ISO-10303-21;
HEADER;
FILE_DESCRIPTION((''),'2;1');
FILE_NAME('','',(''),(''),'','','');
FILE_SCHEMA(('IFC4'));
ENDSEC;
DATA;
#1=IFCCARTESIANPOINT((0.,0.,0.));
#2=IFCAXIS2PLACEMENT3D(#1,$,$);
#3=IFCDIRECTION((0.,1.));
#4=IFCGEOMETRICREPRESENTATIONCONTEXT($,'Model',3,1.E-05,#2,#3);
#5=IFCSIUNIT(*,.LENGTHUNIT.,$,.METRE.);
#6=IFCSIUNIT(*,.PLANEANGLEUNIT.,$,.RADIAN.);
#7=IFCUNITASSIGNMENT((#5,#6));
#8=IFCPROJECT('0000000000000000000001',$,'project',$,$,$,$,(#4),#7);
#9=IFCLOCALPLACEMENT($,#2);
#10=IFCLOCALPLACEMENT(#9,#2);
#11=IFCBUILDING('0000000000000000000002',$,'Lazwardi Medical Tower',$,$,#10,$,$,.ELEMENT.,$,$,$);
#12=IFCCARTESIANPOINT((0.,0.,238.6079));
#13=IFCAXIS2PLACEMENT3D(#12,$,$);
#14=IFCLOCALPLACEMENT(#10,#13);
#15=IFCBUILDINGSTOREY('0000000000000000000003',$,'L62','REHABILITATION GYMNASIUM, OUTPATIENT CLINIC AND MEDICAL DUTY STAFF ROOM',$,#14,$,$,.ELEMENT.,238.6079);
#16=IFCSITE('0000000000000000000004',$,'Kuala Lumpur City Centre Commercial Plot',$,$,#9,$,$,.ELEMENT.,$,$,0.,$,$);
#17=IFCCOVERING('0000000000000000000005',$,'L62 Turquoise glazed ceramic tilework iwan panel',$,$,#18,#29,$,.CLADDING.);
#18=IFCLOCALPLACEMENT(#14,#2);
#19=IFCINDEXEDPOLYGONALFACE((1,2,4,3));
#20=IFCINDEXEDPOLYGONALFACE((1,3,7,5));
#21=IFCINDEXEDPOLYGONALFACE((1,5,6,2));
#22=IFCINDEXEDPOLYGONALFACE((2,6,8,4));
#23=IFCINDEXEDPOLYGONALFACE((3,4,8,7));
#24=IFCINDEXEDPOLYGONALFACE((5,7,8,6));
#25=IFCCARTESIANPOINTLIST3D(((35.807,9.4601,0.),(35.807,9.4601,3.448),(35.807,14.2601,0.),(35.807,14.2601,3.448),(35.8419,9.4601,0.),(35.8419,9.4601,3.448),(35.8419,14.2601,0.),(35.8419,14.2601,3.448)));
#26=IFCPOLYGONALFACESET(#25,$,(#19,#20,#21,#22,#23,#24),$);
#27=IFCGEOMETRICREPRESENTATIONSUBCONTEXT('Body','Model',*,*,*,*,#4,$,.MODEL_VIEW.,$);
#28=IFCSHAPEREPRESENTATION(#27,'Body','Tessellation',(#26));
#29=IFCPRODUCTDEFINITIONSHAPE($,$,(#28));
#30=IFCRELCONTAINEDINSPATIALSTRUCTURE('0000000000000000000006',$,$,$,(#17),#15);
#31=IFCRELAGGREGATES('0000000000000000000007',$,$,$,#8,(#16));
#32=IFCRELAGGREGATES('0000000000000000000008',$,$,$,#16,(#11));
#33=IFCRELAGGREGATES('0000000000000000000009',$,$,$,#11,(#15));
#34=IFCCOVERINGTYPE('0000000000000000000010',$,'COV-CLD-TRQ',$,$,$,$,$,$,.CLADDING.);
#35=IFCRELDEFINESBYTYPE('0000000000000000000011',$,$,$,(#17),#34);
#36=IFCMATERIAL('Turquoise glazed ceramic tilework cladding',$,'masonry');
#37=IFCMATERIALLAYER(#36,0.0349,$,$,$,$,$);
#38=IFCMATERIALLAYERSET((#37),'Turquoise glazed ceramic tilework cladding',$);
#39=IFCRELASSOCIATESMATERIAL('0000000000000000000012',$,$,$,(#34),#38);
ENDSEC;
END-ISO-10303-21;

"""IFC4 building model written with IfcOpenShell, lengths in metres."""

from ifc_helpers import new_model, si_unit, direction, frame, origin, origin_2d, place, context, subcontext, project, spatial, rectangle, extrude, material, layer, layer_set, type_object, element, save


model = new_model("IFC4")

# Units and contexts
model_context = context("Model", 3, precision=1e-05, world=origin(), true_north=direction((0.0, 1.0)))
body_context = subcontext(model_context, "Body", "Model", "MODEL_VIEW")
ifc_project = project(units=[si_unit("LENGTHUNIT", "METRE"), si_unit("PLANEANGLEUNIT", "RADIAN")], contexts=[model_context])

# Site, building, storey
site_placement = place(None, origin())
site = spatial("IfcSite", under=ifc_project, at=site_placement, Name="Kuala Lumpur City Centre Commercial Plot", CompositionType="ELEMENT", RefElevation=0.0)
building_placement = place(site_placement, origin())
building = spatial("IfcBuilding", under=site, at=building_placement, Name="Lazwardi Medical Tower", CompositionType="ELEMENT")
storey_placement = place(building_placement, frame((0.0, 0.0, 238.6079)))
storey = spatial("IfcBuildingStorey", under=building, at=storey_placement, Name="L62", Description="REHABILITATION GYMNASIUM, OUTPATIENT CLINIC AND MEDICAL DUTY STAFF ROOM", CompositionType="ELEMENT", Elevation=238.6079)

# Covering
ifc_material_1 = material(Name="Turquoise glazed ceramic tilework cladding", Category="masonry")
ifc_layer_1 = layer(ifc_material_1, 0.0349)
ifc_layer_set_1 = layer_set([ifc_layer_1], Name="Turquoise glazed ceramic tilework cladding")
covering_type_1 = type_object("IfcCoveringType", Name="COV-CLD-TRQ", PredefinedType="CLADDING", material=ifc_layer_set_1)
covering_1_placement = place(storey_placement, frame((35.8245, 11.8601, 0.0), z_axis=(0.0, 0.0, 1.0), x_axis=(0.0, 1.0, 0.0)))
element("IfcCovering", 1, at=covering_1_placement, inside=storey, type_object=covering_type_1, Name="L62 Turquoise glazed ceramic tilework iwan panel", PredefinedType="CLADDING", context=body_context, shape_type="SweptSolid", body=[
    extrude(rectangle(XDim=4.8, YDim=0.0349, at=origin_2d()), origin(), (0.0, 0.0, 1.0), 3.448),
])

save(model, "model.ifc")
